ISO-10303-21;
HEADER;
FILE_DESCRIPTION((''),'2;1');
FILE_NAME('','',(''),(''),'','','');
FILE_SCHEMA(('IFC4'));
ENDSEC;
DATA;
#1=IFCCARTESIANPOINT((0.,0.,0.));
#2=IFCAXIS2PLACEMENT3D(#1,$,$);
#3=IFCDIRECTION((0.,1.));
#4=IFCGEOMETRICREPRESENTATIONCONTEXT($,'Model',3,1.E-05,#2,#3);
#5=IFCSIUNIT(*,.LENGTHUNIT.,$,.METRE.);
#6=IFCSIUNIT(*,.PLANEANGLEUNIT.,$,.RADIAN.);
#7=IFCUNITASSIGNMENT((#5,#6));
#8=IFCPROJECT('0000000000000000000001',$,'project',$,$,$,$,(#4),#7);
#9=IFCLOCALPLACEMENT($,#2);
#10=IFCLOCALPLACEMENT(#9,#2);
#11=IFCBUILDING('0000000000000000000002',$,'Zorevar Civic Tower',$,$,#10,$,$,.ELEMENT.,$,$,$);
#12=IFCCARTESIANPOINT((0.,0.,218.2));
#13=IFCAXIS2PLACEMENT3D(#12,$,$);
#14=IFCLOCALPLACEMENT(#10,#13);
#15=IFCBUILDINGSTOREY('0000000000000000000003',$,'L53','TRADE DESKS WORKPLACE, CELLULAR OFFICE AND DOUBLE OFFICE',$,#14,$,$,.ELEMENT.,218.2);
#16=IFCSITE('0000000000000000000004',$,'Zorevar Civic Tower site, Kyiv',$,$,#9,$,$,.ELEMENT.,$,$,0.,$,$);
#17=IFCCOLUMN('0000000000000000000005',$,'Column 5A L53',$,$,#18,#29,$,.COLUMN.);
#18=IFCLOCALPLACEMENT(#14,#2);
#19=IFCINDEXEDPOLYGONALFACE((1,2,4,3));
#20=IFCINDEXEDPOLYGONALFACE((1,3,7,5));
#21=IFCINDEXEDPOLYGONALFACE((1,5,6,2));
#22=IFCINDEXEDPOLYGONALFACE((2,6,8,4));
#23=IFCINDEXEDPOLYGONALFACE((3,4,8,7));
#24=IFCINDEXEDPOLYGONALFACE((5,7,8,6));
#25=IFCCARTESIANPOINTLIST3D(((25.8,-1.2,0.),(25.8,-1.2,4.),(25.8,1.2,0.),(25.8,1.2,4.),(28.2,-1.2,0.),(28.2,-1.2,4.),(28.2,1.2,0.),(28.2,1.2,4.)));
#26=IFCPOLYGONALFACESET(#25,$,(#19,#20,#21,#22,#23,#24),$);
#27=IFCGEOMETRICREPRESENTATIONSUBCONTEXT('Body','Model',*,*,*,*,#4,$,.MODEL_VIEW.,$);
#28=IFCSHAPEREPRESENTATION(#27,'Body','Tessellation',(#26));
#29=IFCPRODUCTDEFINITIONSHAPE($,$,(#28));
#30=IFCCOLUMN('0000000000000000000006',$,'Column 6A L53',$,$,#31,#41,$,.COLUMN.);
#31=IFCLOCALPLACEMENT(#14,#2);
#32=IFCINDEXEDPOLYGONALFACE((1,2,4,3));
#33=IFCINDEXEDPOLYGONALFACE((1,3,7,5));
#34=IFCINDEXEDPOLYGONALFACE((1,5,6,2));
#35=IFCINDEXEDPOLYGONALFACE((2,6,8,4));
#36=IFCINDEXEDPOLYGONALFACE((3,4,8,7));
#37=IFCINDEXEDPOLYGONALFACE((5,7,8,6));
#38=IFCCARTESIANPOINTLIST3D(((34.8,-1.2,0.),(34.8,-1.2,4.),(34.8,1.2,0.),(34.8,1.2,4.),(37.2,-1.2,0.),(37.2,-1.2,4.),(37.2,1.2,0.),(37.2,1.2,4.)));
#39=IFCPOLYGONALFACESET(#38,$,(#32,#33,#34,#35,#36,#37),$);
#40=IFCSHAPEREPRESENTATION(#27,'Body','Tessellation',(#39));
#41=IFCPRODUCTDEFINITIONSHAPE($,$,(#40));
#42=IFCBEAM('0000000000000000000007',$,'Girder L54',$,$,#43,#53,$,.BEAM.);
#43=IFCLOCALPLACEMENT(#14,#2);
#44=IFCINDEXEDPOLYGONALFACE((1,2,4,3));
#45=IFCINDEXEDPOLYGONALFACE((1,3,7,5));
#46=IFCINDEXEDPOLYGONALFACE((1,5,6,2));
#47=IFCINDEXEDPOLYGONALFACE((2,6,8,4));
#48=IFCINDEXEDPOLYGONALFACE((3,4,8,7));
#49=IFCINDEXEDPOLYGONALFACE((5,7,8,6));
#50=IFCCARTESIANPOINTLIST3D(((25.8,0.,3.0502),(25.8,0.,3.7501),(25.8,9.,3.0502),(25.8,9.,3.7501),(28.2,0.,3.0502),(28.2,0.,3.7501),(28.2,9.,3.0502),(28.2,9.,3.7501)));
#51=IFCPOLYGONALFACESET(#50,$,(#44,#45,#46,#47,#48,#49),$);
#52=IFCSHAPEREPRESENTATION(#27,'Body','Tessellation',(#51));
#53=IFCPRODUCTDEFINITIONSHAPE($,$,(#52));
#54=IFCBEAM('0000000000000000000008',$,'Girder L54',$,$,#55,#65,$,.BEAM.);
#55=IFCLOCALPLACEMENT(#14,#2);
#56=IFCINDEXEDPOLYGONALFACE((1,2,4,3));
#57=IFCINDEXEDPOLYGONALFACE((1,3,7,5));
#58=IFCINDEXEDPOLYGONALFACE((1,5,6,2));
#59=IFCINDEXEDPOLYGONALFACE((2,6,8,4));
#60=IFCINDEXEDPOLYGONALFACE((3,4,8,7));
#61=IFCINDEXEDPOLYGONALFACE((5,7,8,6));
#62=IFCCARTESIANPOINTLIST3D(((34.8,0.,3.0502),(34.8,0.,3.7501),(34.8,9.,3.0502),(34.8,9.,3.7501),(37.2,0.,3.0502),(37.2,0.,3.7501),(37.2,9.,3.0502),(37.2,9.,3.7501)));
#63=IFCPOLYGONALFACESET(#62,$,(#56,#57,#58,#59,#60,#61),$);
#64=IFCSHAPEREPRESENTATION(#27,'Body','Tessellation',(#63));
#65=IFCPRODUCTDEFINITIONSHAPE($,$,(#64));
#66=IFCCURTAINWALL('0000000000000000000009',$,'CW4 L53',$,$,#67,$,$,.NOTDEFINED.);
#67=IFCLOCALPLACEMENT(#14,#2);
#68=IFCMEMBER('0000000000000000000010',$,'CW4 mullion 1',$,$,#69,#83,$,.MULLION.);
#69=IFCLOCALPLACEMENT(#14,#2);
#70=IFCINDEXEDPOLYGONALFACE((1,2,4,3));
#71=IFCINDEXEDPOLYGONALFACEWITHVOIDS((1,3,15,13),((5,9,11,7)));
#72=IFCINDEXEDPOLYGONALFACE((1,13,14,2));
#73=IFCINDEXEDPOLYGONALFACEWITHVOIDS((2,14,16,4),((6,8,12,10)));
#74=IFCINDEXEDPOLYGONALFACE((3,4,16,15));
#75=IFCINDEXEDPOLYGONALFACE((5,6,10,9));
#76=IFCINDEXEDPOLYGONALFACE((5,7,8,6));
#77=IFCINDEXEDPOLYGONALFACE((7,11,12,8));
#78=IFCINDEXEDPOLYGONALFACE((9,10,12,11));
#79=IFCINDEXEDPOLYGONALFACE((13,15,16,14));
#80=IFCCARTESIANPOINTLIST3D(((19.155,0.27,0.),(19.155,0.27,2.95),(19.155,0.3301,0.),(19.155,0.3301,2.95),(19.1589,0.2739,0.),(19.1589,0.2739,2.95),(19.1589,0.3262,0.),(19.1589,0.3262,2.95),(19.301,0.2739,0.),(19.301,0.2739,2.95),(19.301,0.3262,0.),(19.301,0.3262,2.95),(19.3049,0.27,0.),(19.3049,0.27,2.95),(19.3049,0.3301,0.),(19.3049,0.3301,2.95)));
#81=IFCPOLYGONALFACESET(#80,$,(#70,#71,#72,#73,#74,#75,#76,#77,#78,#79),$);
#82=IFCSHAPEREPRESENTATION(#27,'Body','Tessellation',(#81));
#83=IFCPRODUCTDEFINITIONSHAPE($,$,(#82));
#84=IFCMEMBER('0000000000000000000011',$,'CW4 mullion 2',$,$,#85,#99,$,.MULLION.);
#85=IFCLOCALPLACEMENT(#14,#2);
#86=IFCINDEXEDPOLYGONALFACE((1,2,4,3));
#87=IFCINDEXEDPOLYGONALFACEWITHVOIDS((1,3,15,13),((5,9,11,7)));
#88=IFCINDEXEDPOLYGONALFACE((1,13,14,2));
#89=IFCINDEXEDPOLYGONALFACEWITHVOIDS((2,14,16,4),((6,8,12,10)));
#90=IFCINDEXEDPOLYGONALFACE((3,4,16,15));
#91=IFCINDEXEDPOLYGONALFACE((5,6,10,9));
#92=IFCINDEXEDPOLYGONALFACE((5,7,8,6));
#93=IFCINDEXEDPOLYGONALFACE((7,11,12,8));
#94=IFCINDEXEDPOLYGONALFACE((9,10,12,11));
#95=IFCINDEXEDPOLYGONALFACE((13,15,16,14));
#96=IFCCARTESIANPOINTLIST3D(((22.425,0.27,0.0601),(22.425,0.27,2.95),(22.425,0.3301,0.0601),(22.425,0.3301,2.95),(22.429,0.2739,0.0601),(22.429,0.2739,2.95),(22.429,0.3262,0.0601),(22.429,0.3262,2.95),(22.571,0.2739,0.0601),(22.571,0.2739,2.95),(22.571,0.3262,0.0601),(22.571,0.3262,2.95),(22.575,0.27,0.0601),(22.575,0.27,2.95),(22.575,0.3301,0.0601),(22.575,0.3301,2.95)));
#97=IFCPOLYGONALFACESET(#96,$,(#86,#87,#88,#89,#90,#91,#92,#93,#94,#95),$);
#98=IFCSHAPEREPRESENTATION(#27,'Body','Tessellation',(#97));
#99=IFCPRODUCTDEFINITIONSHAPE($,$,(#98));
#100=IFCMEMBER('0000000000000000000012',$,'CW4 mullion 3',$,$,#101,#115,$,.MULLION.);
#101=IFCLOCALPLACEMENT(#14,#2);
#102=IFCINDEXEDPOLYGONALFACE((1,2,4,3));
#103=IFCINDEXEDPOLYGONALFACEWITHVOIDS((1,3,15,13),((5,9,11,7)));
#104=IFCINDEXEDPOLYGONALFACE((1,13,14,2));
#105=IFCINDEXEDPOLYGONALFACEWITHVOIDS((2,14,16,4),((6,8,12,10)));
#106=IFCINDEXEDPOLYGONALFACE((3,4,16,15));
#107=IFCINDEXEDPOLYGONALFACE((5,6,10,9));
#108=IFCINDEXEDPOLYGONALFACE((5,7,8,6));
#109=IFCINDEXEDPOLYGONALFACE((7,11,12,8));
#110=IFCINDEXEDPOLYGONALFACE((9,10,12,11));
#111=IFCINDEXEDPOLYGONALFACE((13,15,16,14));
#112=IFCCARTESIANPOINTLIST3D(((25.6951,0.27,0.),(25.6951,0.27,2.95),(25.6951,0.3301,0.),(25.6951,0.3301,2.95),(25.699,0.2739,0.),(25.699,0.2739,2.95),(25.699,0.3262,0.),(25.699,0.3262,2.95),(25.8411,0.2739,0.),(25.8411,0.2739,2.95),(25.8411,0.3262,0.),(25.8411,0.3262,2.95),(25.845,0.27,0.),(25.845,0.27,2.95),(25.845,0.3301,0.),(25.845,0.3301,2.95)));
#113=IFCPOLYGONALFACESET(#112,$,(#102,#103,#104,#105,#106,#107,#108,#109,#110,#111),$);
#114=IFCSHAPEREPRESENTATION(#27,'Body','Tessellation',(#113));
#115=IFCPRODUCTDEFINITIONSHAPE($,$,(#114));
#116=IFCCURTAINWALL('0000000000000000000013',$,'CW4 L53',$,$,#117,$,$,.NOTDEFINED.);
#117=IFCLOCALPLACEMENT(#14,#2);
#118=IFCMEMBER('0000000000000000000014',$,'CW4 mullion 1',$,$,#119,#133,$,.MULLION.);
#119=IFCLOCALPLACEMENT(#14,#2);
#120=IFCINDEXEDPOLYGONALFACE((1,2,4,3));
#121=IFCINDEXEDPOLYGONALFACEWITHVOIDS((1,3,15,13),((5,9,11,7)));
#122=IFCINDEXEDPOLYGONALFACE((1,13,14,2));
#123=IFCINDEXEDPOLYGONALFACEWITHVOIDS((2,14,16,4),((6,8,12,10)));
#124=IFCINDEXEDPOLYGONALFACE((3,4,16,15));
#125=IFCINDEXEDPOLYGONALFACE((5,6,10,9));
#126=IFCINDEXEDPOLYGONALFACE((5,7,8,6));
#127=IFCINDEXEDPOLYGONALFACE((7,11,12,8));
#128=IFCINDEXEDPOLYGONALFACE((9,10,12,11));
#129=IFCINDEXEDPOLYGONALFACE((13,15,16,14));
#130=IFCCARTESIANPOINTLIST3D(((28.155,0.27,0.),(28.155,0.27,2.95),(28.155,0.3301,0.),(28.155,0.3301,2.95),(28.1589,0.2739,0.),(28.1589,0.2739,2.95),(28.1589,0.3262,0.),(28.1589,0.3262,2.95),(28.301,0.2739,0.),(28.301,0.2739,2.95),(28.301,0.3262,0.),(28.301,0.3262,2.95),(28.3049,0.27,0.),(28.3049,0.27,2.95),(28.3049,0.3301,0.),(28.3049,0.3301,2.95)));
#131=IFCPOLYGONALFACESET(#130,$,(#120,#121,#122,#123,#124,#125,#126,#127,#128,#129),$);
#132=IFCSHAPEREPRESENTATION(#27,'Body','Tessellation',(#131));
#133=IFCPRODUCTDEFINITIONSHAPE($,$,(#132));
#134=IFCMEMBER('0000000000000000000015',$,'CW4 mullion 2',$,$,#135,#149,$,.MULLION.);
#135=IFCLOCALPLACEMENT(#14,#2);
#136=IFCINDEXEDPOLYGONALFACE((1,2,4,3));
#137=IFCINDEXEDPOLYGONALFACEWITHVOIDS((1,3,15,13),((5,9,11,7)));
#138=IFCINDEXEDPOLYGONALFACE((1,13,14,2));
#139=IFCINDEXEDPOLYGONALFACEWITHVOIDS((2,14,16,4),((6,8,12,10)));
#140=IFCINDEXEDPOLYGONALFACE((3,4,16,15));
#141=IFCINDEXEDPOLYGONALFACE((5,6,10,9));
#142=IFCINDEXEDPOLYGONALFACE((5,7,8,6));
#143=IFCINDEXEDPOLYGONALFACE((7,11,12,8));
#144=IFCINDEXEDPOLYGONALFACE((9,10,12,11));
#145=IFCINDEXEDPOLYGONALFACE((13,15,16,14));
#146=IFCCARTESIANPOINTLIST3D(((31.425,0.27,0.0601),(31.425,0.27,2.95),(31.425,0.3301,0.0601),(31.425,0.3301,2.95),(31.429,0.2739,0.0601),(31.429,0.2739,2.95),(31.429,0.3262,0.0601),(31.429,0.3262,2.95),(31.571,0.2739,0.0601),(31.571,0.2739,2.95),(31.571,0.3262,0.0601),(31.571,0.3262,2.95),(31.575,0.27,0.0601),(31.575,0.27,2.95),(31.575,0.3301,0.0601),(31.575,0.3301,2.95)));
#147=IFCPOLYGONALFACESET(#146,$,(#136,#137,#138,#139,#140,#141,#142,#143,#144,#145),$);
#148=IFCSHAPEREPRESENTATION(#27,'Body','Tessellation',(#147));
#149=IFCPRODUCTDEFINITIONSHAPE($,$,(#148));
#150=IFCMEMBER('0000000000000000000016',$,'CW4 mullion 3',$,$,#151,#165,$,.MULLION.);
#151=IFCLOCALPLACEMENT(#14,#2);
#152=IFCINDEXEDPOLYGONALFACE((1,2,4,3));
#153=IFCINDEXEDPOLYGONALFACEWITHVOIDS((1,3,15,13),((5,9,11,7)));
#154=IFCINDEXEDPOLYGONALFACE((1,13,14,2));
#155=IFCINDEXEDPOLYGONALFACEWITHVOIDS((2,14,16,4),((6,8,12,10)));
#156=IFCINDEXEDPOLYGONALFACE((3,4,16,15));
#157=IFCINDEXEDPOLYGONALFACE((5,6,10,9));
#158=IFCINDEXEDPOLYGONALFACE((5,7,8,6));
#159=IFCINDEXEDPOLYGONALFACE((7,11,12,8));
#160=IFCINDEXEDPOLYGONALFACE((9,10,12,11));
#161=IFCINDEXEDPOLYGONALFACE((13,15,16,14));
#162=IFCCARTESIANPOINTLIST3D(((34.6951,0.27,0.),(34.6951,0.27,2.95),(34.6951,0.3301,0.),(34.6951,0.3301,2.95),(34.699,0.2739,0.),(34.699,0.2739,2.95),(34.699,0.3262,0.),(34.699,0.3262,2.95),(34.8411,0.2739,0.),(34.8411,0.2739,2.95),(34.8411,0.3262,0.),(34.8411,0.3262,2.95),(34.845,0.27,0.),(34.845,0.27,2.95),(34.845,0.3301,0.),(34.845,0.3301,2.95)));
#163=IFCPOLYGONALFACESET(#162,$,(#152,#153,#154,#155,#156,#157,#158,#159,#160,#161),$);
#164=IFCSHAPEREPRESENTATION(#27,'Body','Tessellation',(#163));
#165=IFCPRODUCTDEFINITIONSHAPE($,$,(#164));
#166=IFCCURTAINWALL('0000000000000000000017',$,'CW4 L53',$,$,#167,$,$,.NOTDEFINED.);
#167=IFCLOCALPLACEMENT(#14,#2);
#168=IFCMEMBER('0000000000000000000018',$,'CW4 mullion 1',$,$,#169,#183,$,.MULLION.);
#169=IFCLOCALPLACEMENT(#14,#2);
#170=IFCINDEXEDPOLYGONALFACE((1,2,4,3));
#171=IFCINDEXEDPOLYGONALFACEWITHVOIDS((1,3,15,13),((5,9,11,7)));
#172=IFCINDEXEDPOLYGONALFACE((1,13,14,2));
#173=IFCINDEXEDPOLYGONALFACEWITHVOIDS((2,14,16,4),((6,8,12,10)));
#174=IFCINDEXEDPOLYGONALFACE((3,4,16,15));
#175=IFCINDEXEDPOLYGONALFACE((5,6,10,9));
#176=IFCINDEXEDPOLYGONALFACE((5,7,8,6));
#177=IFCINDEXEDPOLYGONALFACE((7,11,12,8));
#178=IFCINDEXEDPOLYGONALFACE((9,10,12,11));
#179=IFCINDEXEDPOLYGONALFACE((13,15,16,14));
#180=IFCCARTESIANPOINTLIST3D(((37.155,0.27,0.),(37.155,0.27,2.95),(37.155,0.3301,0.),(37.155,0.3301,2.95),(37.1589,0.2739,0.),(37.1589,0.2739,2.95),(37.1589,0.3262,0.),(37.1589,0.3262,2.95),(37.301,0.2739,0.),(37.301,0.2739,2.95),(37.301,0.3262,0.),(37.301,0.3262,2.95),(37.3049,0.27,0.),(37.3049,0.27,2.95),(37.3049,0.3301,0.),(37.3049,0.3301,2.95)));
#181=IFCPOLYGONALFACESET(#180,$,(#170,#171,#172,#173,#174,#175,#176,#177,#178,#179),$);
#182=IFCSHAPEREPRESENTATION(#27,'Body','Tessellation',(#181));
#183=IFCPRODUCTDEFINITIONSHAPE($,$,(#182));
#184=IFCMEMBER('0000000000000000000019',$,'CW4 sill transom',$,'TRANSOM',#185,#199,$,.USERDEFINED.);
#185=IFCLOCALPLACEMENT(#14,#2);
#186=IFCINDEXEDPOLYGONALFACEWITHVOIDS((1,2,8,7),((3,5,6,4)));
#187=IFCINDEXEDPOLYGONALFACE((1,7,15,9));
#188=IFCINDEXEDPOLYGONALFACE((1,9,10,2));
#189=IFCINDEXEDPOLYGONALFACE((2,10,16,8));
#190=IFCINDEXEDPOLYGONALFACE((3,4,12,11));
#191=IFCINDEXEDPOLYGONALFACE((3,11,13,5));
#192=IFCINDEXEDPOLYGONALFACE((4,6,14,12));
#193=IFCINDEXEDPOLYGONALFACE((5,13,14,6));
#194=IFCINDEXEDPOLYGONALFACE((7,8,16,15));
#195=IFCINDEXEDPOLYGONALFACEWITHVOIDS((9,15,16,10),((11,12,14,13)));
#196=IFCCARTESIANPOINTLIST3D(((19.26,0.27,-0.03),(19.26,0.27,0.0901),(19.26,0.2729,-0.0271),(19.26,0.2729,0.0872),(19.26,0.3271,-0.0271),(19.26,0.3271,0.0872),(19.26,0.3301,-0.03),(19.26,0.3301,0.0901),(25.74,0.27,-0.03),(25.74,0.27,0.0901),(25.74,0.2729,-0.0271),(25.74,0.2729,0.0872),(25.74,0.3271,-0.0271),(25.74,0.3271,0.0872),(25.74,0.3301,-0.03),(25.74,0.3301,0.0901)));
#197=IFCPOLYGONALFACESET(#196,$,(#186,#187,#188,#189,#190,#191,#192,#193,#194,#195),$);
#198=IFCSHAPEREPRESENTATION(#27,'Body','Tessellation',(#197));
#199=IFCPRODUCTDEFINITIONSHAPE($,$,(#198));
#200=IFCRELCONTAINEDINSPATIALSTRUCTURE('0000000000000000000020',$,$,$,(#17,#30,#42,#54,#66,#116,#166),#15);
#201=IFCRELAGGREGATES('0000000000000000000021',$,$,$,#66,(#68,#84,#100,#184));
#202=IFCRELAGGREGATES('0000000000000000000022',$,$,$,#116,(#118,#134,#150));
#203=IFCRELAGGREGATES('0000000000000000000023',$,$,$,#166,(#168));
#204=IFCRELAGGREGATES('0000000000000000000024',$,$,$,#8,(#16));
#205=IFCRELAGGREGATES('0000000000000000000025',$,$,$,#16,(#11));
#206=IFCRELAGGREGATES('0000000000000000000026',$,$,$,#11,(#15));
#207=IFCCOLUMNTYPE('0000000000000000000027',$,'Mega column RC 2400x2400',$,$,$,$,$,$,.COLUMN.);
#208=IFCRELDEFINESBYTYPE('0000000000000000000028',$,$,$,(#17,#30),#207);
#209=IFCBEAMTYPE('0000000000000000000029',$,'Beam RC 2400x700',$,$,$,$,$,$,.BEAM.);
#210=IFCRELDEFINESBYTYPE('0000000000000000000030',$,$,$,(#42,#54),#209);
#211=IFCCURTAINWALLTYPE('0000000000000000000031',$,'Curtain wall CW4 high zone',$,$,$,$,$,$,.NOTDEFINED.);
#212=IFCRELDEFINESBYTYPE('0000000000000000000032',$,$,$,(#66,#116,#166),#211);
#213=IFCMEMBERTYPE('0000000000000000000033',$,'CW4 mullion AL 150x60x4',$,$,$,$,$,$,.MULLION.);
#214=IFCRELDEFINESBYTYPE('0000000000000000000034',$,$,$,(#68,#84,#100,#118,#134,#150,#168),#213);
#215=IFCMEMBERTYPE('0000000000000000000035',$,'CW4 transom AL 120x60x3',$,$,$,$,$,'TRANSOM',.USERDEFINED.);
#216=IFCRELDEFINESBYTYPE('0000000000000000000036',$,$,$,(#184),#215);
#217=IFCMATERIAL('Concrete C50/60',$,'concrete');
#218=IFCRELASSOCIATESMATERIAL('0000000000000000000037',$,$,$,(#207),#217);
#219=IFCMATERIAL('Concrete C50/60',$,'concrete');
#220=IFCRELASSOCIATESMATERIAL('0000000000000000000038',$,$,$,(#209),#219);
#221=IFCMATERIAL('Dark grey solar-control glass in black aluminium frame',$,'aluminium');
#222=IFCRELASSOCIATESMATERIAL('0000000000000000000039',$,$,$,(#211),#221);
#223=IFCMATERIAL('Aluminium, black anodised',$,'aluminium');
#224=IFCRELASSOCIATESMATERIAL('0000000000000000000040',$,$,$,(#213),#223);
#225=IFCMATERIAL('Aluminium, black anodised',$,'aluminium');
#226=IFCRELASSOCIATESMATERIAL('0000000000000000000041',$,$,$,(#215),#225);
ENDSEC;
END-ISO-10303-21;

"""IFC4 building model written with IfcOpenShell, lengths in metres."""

from ifc_helpers import new_model, si_unit, direction, frame, origin, origin_2d, place, context, subcontext, project, spatial, rectangle, hollow_rectangle, extrude, material, material_profile, profile_set, type_object, element, aggregate, save


model = new_model("IFC4")

# Units and contexts
model_context = context("Model", 3, precision=1e-05, world=origin(), true_north=direction((0.0, 1.0)))
body_context = subcontext(model_context, "Body", "Model", "MODEL_VIEW")
ifc_project = project(units=[si_unit("LENGTHUNIT", "METRE"), si_unit("PLANEANGLEUNIT", "RADIAN")], contexts=[model_context])

# Site, building, storey
site_placement = place(None, origin())
site = spatial("IfcSite", under=ifc_project, at=site_placement, Name="Zorevar Civic Tower site, Kyiv", CompositionType="ELEMENT", RefElevation=0.0)
building_placement = place(site_placement, origin())
building = spatial("IfcBuilding", under=site, at=building_placement, Name="Zorevar Civic Tower", CompositionType="ELEMENT")
storey_placement = place(building_placement, frame((0.0, 0.0, 218.2)))
storey = spatial("IfcBuildingStorey", under=building, at=storey_placement, Name="L53", Description="TRADE DESKS WORKPLACE, CELLULAR OFFICE AND DOUBLE OFFICE", CompositionType="ELEMENT", Elevation=218.2)

# Columns
ifc_material_1 = material(Name="Concrete C50/60", Category="concrete")
ifc_material_profile_1 = material_profile(ifc_material_1, rectangle(XDim=2.3999, YDim=2.3999, at=origin_2d()), Name="RC 2400x2400")
ifc_profile_set_1 = profile_set([ifc_material_profile_1], Name="Concrete C50/60")
column_type = type_object("IfcColumnType", Name="Mega column RC 2400x2400", PredefinedType="COLUMN", material=ifc_profile_set_1)
for number, where, z_axis, x_axis, name in (
    (1, (27.0, 0.0, 0.0), (0.0, 0.0, 1.0), (1.0, 0.0, 0.0), "Column 5A L53"),
    (2, (36.0, 0.0, 0.0), (0.0, 0.0, 1.0), (1.0, 0.0, 0.0), "Column 6A L53"),
):
    element("IfcColumn", number, at=place(storey_placement, frame(where, z_axis=z_axis, x_axis=x_axis)), inside=storey, type_object=column_type, Name=name, PredefinedType="COLUMN", context=body_context, shape_type="SweptSolid", body=[
        extrude(rectangle(XDim=2.3999, YDim=2.3999, at=origin_2d()), origin(), (0.0, 0.0, 1.0), 4.0),
    ])

# Beams
ifc_material_2 = material(Name="Concrete C50/60", Category="concrete")
ifc_material_profile_2 = material_profile(ifc_material_2, rectangle(XDim=2.3999, YDim=0.7, at=origin_2d()), Name="RC 2400x700")
ifc_profile_set_2 = profile_set([ifc_material_profile_2], Name="Concrete C50/60")
beam_type_1 = type_object("IfcBeamType", Name="Beam RC 2400x700", PredefinedType="BEAM", material=ifc_profile_set_2)
for number, where, z_axis, x_axis, name in (
    (3, (27.0, 0.0, 3.4001), (0.0, 1.0, 0.0), (-1.0, 0.0, 0.0), "Girder L54"),
    (4, (36.0, 0.0, 3.4001), (0.0, 1.0, 0.0), (-1.0, 0.0, 0.0), "Girder L54"),
):
    element("IfcBeam", number, at=place(storey_placement, frame(where, z_axis=z_axis, x_axis=x_axis)), inside=storey, type_object=beam_type_1, Name=name, PredefinedType="BEAM", context=body_context, shape_type="SweptSolid", body=[
        extrude(rectangle(XDim=2.3999, YDim=0.7, at=origin_2d()), origin(), (0.0, 0.0, 1.0), 9.0),
    ])

# Curtain walls, members
ifc_material_3 = material(Name="Dark grey solar-control glass in black aluminium frame", Category="aluminium")
curtain_wall_type = type_object("IfcCurtainWallType", Name="Curtain wall CW4 high zone", PredefinedType="NOTDEFINED", material=ifc_material_3)
curtain_wall_1_placement = place(storey_placement, origin())
curtain_wall_1 = element("IfcCurtainWall", 5, at=curtain_wall_1_placement, inside=storey, type_object=curtain_wall_type, Name="CW4 L53", PredefinedType="NOTDEFINED")
ifc_material_4 = material(Name="Aluminium, black anodised", Category="aluminium")
ifc_material_profile_3 = material_profile(ifc_material_4, hollow_rectangle(XDim=0.0601, YDim=0.1499, WallThickness=0.0039, at=origin_2d()), Name="AL 150x60x4")
ifc_profile_set_3 = profile_set([ifc_material_profile_3], Name="Aluminium, black anodised")
member_type_1 = type_object("IfcMemberType", Name="CW4 mullion AL 150x60x4", PredefinedType="MULLION", material=ifc_profile_set_3)
member_1_placement = place(storey_placement, frame((19.23, 0.3, 0.0), z_axis=(0.0, 0.0, 1.0), x_axis=(0.0, 1.0, 0.0)))
member_1 = element("IfcMember", 6, at=member_1_placement, type_object=member_type_1, Name="CW4 mullion 1", PredefinedType="MULLION", context=body_context, shape_type="SweptSolid", body=[
    extrude(hollow_rectangle(XDim=0.0601, YDim=0.1499, WallThickness=0.0039, at=origin_2d()), origin(), (0.0, 0.0, 1.0), 2.95),
])
member_2_placement = place(storey_placement, frame((22.5, 0.3, 0.0601), z_axis=(0.0, 0.0, 1.0), x_axis=(0.0, 1.0, 0.0)))
member_2 = element("IfcMember", 7, at=member_2_placement, type_object=member_type_1, Name="CW4 mullion 2", PredefinedType="MULLION", context=body_context, shape_type="SweptSolid", body=[
    extrude(hollow_rectangle(XDim=0.0601, YDim=0.1499, WallThickness=0.0039, at=origin_2d()), origin(), (0.0, 0.0, 1.0), 2.8899),
])
member_3_placement = place(storey_placement, frame((25.77, 0.3, 0.0), z_axis=(0.0, 0.0, 1.0), x_axis=(0.0, 1.0, 0.0)))
member_3 = element("IfcMember", 8, at=member_3_placement, type_object=member_type_1, Name="CW4 mullion 3", PredefinedType="MULLION", context=body_context, shape_type="SweptSolid", body=[
    extrude(hollow_rectangle(XDim=0.0601, YDim=0.1499, WallThickness=0.0039, at=origin_2d()), origin(), (0.0, 0.0, 1.0), 2.95),
])
curtain_wall_2_placement = place(storey_placement, origin())
curtain_wall_2 = element("IfcCurtainWall", 9, at=curtain_wall_2_placement, inside=storey, type_object=curtain_wall_type, Name="CW4 L53", PredefinedType="NOTDEFINED")
member_4_placement = place(storey_placement, frame((28.23, 0.3, 0.0), z_axis=(0.0, 0.0, 1.0), x_axis=(0.0, 1.0, 0.0)))
member_4 = element("IfcMember", 10, at=member_4_placement, type_object=member_type_1, Name="CW4 mullion 1", PredefinedType="MULLION", context=body_context, shape_type="SweptSolid", body=[
    extrude(hollow_rectangle(XDim=0.0601, YDim=0.1499, WallThickness=0.0039, at=origin_2d()), origin(), (0.0, 0.0, 1.0), 2.95),
])
member_5_placement = place(storey_placement, frame((31.5, 0.3, 0.0601), z_axis=(0.0, 0.0, 1.0), x_axis=(0.0, 1.0, 0.0)))
member_5 = element("IfcMember", 11, at=member_5_placement, type_object=member_type_1, Name="CW4 mullion 2", PredefinedType="MULLION", context=body_context, shape_type="SweptSolid", body=[
    extrude(hollow_rectangle(XDim=0.0601, YDim=0.1499, WallThickness=0.0039, at=origin_2d()), origin(), (0.0, 0.0, 1.0), 2.8899),
])
member_6_placement = place(storey_placement, frame((34.77, 0.3, 0.0), z_axis=(0.0, 0.0, 1.0), x_axis=(0.0, 1.0, 0.0)))
member_6 = element("IfcMember", 12, at=member_6_placement, type_object=member_type_1, Name="CW4 mullion 3", PredefinedType="MULLION", context=body_context, shape_type="SweptSolid", body=[
    extrude(hollow_rectangle(XDim=0.0601, YDim=0.1499, WallThickness=0.0039, at=origin_2d()), origin(), (0.0, 0.0, 1.0), 2.95),
])

# Curtain wall, member
curtain_wall_3_placement = place(storey_placement, origin())
curtain_wall_3 = element("IfcCurtainWall", 13, at=curtain_wall_3_placement, inside=storey, type_object=curtain_wall_type, Name="CW4 L53", PredefinedType="NOTDEFINED")
member_7_placement = place(storey_placement, frame((37.23, 0.3, 0.0), z_axis=(0.0, 0.0, 1.0), x_axis=(0.0, 1.0, 0.0)))
member_7 = element("IfcMember", 14, at=member_7_placement, type_object=member_type_1, Name="CW4 mullion 1", PredefinedType="MULLION", context=body_context, shape_type="SweptSolid", body=[
    extrude(hollow_rectangle(XDim=0.0601, YDim=0.1499, WallThickness=0.0039, at=origin_2d()), origin(), (0.0, 0.0, 1.0), 2.95),
])

# Member
ifc_material_5 = material(Name="Aluminium, black anodised", Category="aluminium")
ifc_material_profile_4 = material_profile(ifc_material_5, hollow_rectangle(XDim=0.0601, YDim=0.1201, WallThickness=0.0029, at=origin_2d()), Name="AL 120x60x3")
ifc_profile_set_4 = profile_set([ifc_material_profile_4], Name="Aluminium, black anodised")
member_type_2 = type_object("IfcMemberType", Name="CW4 transom AL 120x60x3", ElementType="TRANSOM", PredefinedType="USERDEFINED", material=ifc_profile_set_4)
member_8_placement = place(storey_placement, frame((19.26, 0.3, 0.03), z_axis=(1.0, 0.0, 0.0), x_axis=(0.0, 1.0, 0.0)))
member_8 = element("IfcMember", 15, at=member_8_placement, type_object=member_type_2, Name="CW4 sill transom", ObjectType="TRANSOM", PredefinedType="USERDEFINED", context=body_context, shape_type="SweptSolid", body=[
    extrude(hollow_rectangle(XDim=0.0601, YDim=0.1201, WallThickness=0.0029, at=origin_2d()), origin(), (0.0, 0.0, 1.0), 6.48),
])

aggregate(curtain_wall_1, [member_1, member_2, member_3, member_8])
aggregate(curtain_wall_2, [member_4, member_5, member_6])
aggregate(curtain_wall_3, [member_7])

save(model, "model.ifc")
